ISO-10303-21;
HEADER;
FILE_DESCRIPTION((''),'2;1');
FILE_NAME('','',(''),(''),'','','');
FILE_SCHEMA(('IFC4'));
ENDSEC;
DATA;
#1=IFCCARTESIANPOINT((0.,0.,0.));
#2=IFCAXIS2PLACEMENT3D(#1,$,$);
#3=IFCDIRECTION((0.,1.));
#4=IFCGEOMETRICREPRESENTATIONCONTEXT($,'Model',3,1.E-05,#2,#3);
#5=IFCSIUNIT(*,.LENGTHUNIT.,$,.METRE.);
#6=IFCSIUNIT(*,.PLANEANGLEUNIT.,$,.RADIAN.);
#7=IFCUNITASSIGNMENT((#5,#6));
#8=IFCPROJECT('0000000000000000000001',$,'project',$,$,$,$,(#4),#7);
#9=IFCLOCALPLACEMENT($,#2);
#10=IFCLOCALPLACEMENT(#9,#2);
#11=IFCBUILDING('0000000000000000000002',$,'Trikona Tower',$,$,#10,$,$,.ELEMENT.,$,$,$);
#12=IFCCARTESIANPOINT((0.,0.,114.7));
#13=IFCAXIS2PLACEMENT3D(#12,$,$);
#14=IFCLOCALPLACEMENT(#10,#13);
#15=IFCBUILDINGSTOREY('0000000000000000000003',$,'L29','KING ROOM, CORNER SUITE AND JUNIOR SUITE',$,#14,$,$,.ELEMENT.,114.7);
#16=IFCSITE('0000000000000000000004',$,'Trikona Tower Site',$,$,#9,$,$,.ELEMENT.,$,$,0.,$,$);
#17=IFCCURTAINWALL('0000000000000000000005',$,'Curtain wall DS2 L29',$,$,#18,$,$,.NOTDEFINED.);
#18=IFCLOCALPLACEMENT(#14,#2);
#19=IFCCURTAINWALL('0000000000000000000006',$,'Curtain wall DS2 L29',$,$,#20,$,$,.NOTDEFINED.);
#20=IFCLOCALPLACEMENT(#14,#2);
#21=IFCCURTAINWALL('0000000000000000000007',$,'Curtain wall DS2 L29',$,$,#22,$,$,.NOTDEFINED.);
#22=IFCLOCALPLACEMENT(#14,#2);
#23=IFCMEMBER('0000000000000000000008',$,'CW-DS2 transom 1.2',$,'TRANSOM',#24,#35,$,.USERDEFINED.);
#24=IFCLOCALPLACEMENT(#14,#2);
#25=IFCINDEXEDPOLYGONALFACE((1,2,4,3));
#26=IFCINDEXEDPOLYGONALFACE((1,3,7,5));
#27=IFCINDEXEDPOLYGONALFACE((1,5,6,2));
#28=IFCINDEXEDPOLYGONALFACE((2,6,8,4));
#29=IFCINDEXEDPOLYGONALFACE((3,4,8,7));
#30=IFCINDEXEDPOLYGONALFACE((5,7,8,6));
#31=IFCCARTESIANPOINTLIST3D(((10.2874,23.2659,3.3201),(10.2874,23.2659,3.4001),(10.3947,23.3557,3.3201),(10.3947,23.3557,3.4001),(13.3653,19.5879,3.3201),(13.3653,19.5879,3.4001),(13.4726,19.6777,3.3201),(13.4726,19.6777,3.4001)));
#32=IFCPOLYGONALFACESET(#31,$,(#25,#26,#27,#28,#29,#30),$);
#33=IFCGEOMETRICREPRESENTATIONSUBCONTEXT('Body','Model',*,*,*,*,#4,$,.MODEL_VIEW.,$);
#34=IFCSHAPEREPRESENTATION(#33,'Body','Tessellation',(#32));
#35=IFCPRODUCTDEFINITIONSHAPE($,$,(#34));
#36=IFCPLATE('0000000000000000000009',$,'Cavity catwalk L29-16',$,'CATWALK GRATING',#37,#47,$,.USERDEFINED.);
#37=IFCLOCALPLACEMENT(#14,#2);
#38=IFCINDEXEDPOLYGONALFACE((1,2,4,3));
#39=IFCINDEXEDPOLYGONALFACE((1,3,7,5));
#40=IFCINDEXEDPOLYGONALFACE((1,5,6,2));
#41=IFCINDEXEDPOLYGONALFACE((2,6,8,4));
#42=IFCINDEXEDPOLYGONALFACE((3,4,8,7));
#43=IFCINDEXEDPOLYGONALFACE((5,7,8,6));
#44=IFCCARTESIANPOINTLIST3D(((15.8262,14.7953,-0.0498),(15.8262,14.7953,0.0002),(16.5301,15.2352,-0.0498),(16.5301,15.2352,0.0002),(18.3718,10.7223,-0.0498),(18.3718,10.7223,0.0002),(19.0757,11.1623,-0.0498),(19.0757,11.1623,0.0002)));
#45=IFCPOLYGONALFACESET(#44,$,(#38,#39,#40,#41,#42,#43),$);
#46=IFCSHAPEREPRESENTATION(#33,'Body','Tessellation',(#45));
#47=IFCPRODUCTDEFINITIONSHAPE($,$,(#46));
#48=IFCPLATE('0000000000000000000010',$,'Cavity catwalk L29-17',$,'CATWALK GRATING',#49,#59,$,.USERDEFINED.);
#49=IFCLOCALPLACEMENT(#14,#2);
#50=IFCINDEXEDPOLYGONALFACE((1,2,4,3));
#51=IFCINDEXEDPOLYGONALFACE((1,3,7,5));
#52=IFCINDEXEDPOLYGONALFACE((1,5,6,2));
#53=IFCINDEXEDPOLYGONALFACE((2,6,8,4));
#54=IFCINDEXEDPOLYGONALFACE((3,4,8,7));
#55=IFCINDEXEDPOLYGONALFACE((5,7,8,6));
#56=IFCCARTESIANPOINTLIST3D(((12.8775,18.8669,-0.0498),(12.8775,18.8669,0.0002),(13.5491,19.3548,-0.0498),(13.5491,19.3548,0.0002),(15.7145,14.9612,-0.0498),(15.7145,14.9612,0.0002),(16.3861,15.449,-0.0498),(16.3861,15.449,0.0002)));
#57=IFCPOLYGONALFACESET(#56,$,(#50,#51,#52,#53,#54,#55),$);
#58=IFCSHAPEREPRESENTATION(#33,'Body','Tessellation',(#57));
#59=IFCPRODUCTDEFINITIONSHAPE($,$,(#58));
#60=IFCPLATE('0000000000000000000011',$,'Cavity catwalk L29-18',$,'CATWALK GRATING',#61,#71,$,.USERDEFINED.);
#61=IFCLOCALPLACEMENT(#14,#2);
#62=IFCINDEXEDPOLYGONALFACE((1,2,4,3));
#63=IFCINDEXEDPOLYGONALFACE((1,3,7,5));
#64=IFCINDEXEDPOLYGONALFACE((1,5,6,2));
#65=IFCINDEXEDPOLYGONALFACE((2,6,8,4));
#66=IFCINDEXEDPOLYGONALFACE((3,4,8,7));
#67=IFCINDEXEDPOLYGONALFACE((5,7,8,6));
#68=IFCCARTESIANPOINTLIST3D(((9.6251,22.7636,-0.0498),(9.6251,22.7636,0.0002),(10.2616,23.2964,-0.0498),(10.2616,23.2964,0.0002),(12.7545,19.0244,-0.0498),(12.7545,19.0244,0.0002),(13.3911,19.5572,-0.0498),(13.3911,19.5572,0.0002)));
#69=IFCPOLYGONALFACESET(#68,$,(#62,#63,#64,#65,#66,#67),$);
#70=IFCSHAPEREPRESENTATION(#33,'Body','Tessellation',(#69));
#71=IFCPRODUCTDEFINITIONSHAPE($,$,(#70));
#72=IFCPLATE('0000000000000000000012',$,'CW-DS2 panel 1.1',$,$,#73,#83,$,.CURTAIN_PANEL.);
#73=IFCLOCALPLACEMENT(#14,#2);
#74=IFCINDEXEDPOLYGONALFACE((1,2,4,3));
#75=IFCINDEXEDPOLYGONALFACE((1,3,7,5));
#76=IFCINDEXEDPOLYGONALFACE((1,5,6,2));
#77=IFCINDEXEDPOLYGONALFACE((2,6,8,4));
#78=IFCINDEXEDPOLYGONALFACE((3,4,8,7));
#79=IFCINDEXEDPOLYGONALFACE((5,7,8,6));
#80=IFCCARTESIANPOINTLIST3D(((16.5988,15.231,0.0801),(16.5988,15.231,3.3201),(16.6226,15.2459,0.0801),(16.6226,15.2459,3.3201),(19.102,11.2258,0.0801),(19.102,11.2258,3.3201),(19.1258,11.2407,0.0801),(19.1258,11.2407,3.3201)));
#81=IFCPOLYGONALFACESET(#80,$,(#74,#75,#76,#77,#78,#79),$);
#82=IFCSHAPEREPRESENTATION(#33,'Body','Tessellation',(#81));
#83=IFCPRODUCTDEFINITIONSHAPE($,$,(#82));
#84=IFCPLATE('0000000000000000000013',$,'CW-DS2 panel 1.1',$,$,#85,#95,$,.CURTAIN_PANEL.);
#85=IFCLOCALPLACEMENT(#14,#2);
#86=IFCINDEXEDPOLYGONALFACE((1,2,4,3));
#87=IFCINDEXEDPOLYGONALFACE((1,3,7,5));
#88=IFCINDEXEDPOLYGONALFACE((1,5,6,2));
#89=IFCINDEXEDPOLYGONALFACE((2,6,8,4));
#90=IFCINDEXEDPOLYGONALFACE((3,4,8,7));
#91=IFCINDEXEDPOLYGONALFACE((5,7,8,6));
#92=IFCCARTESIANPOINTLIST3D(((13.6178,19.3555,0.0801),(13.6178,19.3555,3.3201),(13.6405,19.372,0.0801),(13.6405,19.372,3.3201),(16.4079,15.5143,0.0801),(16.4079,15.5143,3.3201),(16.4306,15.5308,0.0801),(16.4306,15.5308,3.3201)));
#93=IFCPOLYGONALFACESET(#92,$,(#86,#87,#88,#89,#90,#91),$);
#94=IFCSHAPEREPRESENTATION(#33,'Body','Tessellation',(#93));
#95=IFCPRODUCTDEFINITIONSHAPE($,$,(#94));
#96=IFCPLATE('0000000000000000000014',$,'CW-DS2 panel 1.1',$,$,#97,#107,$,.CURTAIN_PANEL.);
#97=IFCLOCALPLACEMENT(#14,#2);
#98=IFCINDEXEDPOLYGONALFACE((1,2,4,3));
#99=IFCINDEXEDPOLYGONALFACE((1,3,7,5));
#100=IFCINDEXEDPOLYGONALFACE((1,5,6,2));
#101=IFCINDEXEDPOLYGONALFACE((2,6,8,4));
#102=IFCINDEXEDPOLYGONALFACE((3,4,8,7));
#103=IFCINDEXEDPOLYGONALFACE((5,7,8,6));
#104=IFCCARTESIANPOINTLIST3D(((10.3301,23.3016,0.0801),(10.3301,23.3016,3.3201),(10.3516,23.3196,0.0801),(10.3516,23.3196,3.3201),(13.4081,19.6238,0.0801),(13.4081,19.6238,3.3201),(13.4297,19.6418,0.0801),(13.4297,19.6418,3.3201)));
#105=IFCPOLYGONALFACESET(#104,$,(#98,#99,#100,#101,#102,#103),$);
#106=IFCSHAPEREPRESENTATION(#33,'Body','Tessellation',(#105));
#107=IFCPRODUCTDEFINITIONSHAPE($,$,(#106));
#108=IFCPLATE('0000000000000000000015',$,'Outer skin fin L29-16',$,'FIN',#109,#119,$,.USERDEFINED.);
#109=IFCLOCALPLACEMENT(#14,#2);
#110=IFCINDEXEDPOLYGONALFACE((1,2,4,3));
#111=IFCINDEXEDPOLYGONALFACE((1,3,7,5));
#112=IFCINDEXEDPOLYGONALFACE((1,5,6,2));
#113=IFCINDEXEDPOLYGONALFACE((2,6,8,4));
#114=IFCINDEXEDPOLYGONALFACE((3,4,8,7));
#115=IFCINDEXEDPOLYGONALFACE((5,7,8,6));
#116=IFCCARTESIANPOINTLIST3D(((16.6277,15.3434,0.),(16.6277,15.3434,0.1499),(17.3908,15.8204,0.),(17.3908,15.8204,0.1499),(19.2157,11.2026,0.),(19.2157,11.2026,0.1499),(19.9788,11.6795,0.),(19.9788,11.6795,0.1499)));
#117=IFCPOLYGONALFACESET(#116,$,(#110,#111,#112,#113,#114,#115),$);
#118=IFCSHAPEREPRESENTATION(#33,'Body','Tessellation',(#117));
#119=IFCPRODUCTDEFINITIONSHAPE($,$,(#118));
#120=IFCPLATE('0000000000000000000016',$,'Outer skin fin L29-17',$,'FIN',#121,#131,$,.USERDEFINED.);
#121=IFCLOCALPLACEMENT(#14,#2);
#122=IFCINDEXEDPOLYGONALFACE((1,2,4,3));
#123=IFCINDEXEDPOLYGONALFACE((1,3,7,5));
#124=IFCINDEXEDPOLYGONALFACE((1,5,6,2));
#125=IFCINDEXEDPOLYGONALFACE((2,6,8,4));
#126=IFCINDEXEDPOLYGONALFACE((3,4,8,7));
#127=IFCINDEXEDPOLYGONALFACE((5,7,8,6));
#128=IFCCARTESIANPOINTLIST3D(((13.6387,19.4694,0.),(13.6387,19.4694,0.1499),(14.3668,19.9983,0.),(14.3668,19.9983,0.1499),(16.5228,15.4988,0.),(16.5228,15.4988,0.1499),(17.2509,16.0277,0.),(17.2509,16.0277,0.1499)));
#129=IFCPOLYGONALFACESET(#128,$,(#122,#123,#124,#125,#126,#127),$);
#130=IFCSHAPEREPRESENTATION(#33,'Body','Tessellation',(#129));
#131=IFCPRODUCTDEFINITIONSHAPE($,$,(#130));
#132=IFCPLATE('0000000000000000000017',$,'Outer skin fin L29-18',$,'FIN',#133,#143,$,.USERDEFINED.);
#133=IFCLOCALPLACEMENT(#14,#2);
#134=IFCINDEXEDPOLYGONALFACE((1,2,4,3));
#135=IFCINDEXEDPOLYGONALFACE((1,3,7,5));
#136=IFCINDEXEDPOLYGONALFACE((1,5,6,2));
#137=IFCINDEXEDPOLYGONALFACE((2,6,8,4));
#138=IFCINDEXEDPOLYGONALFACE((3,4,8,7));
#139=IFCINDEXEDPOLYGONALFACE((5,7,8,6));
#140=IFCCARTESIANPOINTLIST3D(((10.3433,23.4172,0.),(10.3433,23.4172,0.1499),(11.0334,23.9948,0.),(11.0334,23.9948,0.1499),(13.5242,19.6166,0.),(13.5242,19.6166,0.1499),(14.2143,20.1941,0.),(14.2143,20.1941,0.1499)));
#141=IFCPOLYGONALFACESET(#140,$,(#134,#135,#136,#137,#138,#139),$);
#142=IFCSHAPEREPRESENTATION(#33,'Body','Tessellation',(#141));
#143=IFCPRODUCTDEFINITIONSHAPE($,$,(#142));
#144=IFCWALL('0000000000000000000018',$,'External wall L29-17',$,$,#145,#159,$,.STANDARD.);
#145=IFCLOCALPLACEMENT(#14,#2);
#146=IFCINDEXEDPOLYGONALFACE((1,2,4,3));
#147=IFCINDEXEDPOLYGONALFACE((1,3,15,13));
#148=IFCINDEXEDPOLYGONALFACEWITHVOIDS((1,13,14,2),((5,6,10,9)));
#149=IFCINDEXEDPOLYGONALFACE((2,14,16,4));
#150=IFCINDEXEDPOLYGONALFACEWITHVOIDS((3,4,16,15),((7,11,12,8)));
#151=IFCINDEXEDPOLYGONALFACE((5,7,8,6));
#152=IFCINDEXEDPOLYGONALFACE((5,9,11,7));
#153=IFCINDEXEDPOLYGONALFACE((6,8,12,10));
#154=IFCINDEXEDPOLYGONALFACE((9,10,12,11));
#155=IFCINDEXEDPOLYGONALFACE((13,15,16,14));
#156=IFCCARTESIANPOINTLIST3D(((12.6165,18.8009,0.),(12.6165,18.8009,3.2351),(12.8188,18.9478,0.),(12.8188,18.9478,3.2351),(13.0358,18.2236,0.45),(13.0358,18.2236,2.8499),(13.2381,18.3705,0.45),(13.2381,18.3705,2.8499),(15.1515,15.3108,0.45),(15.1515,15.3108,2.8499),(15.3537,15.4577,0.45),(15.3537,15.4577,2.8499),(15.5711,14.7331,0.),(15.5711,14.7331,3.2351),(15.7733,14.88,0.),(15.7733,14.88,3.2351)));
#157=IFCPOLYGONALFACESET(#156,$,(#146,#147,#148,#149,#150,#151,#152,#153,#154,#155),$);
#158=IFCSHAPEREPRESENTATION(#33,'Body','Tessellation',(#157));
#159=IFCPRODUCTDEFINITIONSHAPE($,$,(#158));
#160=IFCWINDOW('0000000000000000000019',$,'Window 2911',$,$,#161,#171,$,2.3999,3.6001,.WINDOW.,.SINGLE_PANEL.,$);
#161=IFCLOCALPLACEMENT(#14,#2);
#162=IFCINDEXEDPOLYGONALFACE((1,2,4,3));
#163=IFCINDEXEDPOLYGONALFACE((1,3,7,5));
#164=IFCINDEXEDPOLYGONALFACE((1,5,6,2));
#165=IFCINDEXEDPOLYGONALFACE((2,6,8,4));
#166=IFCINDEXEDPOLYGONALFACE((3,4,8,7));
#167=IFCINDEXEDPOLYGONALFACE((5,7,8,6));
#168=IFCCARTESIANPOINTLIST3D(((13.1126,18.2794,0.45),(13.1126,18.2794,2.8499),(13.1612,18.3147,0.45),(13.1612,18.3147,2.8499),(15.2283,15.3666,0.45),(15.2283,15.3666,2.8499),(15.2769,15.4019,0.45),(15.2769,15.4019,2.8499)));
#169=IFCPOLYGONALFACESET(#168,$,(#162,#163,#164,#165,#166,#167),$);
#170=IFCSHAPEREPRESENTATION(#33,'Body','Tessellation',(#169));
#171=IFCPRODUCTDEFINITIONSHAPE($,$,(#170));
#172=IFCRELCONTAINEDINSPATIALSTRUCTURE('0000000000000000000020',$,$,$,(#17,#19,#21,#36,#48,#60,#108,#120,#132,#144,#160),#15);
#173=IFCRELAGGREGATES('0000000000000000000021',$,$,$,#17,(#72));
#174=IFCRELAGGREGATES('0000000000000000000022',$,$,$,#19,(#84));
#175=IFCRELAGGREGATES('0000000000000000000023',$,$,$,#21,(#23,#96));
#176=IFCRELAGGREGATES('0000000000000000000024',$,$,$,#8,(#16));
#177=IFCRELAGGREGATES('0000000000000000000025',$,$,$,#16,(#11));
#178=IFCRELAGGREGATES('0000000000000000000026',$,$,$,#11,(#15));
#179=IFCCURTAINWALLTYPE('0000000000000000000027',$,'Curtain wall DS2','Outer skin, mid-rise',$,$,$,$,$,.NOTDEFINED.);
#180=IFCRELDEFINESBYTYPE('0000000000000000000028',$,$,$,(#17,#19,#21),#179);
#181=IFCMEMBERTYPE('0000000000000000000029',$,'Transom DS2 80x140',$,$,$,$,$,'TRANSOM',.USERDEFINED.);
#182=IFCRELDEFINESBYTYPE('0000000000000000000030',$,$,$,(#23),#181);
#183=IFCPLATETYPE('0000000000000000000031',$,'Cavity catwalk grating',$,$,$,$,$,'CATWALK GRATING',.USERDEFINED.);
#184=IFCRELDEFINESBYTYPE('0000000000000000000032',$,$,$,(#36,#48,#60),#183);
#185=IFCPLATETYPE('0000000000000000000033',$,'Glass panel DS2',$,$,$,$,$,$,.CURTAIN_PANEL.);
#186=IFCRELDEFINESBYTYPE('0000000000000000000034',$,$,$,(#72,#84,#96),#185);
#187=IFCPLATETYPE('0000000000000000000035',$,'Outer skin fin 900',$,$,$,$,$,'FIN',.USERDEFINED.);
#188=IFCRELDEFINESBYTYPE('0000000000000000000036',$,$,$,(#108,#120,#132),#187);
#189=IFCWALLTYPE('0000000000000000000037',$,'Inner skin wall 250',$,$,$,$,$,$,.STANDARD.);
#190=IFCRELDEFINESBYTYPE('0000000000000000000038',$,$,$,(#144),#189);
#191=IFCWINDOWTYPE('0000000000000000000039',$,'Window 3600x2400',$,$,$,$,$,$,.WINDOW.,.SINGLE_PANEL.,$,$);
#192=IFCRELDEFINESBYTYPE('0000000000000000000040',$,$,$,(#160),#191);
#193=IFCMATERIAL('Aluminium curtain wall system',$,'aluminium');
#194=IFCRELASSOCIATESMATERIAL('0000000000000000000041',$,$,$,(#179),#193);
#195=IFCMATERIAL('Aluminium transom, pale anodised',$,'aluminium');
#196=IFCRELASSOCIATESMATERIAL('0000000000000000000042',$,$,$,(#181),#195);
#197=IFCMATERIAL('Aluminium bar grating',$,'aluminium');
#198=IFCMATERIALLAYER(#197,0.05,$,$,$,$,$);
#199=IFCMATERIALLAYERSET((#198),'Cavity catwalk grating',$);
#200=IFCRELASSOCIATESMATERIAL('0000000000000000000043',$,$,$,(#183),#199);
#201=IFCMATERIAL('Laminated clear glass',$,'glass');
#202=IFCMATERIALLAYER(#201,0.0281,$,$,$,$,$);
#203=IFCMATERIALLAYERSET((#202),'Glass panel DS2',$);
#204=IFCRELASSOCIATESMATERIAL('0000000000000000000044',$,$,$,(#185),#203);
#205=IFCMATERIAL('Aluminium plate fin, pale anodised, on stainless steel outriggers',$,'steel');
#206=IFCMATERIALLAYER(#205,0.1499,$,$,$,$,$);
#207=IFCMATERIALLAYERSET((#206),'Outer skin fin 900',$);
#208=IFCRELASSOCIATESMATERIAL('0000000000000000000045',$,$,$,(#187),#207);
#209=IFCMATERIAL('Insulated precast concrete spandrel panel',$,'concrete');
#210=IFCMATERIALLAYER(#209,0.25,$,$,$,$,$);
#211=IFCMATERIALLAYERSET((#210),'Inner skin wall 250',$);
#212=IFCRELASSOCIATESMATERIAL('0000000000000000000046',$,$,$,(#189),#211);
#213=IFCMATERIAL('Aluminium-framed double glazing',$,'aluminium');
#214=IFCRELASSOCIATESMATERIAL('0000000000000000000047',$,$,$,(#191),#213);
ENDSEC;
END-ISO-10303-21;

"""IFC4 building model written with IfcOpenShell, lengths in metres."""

from ifc_helpers import new_model, si_unit, direction, frame, frame_2d, origin, origin_2d, place, context, subcontext, project, spatial, rectangle, extrude, material, layer, layer_set, material_profile, profile_set, type_object, element, fill, aggregate, save


model = new_model("IFC4")

# Units and contexts
model_context = context("Model", 3, precision=1e-05, world=origin(), true_north=direction((0.0, 1.0)))
body_context = subcontext(model_context, "Body", "Model", "MODEL_VIEW")
ifc_project = project(units=[si_unit("LENGTHUNIT", "METRE"), si_unit("PLANEANGLEUNIT", "RADIAN")], contexts=[model_context])

# Site, building, storey
site_placement = place(None, origin())
site = spatial("IfcSite", under=ifc_project, at=site_placement, Name="Trikona Tower Site", CompositionType="ELEMENT", RefElevation=0.0)
building_placement = place(site_placement, origin())
building = spatial("IfcBuilding", under=site, at=building_placement, Name="Trikona Tower", CompositionType="ELEMENT")
storey_placement = place(building_placement, frame((0.0, 0.0, 114.7)))
storey = spatial("IfcBuildingStorey", under=building, at=storey_placement, Name="L29", Description="KING ROOM, CORNER SUITE AND JUNIOR SUITE", CompositionType="ELEMENT", Elevation=114.7)

# Curtain wall
ifc_material_1 = material(Name="Aluminium curtain wall system", Category="aluminium")
curtain_wall_type = type_object("IfcCurtainWallType", Name="Curtain wall DS2", Description="Outer skin, mid-rise", PredefinedType="NOTDEFINED", material=ifc_material_1)
curtain_wall_1_placement = place(storey_placement, origin())
curtain_wall_1 = element("IfcCurtainWall", 1, at=curtain_wall_1_placement, inside=storey, type_object=curtain_wall_type, Name="Curtain wall DS2 L29", PredefinedType="NOTDEFINED")

# Curtain walls
curtain_wall_2_placement = place(storey_placement, origin())
curtain_wall_2 = element("IfcCurtainWall", 2, at=curtain_wall_2_placement, inside=storey, type_object=curtain_wall_type, Name="Curtain wall DS2 L29", PredefinedType="NOTDEFINED")
curtain_wall_3_placement = place(storey_placement, origin())
curtain_wall_3 = element("IfcCurtainWall", 3, at=curtain_wall_3_placement, inside=storey, type_object=curtain_wall_type, Name="Curtain wall DS2 L29", PredefinedType="NOTDEFINED")

# Member
ifc_material_2 = material(Name="Aluminium transom, pale anodised", Category="aluminium")
ifc_material_profile_1 = material_profile(ifc_material_2, rectangle(XDim=0.1399, YDim=0.0801, at=origin_2d()), Name="TRN-DS2")
ifc_profile_set_1 = profile_set([ifc_material_profile_1], Name="Aluminium transom, pale anodised")
member_type_1 = type_object("IfcMemberType", Name="Transom DS2 80x140", ElementType="TRANSOM", PredefinedType="USERDEFINED", material=ifc_profile_set_1)
member_1_placement = place(storey_placement, frame((13.4189, 19.6328, 3.3601), z_axis=(-0.64177, 0.766897, 0.0), x_axis=(-0.766897, -0.64177, 0.0)))
member_1 = element("IfcMember", 4, at=member_1_placement, type_object=member_type_1, Name="CW-DS2 transom 1.2", ObjectType="TRANSOM", PredefinedType="USERDEFINED", context=body_context, shape_type="SweptSolid", body=[
    extrude(rectangle(XDim=0.1399, YDim=0.0801, at=origin_2d()), origin(), (0.0, 0.0, 1.0), 4.7959),
])

# Plates
ifc_material_3 = material(Name="Aluminium bar grating", Category="aluminium")
ifc_layer_1 = layer(ifc_material_3, 0.05)
ifc_layer_set_1 = layer_set([ifc_layer_1], Name="Cavity catwalk grating")
plate_type_1 = type_object("IfcPlateType", Name="Cavity catwalk grating", ElementType="CATWALK GRATING", PredefinedType="USERDEFINED", material=ifc_layer_set_1)
plate_1_placement = place(storey_placement, frame((17.4509, 12.9788, -0.0498), z_axis=(0.0, 0.0, 1.0), x_axis=(-0.529995, 0.848001, 0.0)))
element("IfcPlate", 5, at=plate_1_placement, inside=storey, type_object=plate_type_1, Name="Cavity catwalk L29-16", ObjectType="CATWALK GRATING", PredefinedType="USERDEFINED", context=body_context, shape_type="SweptSolid", body=[
    extrude(rectangle(XDim=4.803, YDim=0.8301, at=origin_2d()), origin(), (0.0, 0.0, 1.0), 0.05),
])
plate_2_placement = place(storey_placement, frame((14.6318, 17.158, -0.0498), z_axis=(0.0, 0.0, 1.0), x_axis=(-0.587686, 0.809089, 0.0)))
element("IfcPlate", 6, at=plate_2_placement, inside=storey, type_object=plate_type_1, Name="Cavity catwalk L29-17", ObjectType="CATWALK GRATING", PredefinedType="USERDEFINED", context=body_context, shape_type="SweptSolid", body=[
    extrude(rectangle(XDim=4.8274, YDim=0.8301, at=origin_2d()), origin(), (0.0, 0.0, 1.0), 0.05),
])
plate_3_placement = place(storey_placement, frame((11.5081, 21.1604, -0.0498), z_axis=(0.0, 0.0, 1.0), x_axis=(-0.641807, 0.766866, 0.0)))
element("IfcPlate", 7, at=plate_3_placement, inside=storey, type_object=plate_type_1, Name="Cavity catwalk L29-18", ObjectType="CATWALK GRATING", PredefinedType="USERDEFINED", context=body_context, shape_type="SweptSolid", body=[
    extrude(rectangle(XDim=4.876, YDim=0.8301, at=origin_2d()), origin(), (0.0, 0.0, 1.0), 0.05),
])

# Plates
ifc_material_4 = material(Name="Laminated clear glass", Category="glass")
ifc_layer_2 = layer(ifc_material_4, 0.0281)
ifc_layer_set_2 = layer_set([ifc_layer_2], Name="Glass panel DS2")
plate_type_2 = type_object("IfcPlateType", Name="Glass panel DS2", PredefinedType="CURTAIN_PANEL", material=ifc_layer_set_2)
plate_4_placement = place(storey_placement, frame((17.8623, 13.2358, 0.0801), z_axis=(0.0, 0.0, 1.0), x_axis=(-0.529999, 0.847998, 0.0)))
plate_4 = element("IfcPlate", 8, at=plate_4_placement, type_object=plate_type_2, Name="CW-DS2 panel 1.1", PredefinedType="CURTAIN_PANEL", context=body_context, shape_type="SweptSolid", body=[
    extrude(rectangle(XDim=4.7231, YDim=0.0281, at=origin_2d()), origin(), (0.0, 0.0, 1.0), 3.24),
])
aggregate(curtain_wall_1, [plate_4])
plate_5_placement = place(storey_placement, frame((15.0242, 17.4431, 0.0801), z_axis=(0.0, 0.0, 1.0), x_axis=(-0.587691, 0.809086, 0.0)))
plate_5 = element("IfcPlate", 9, at=plate_5_placement, type_object=plate_type_2, Name="CW-DS2 panel 1.1", PredefinedType="CURTAIN_PANEL", context=body_context, shape_type="SweptSolid", body=[
    extrude(rectangle(XDim=4.7476, YDim=0.0281, at=origin_2d()), origin(), (0.0, 0.0, 1.0), 3.24),
])
aggregate(curtain_wall_2, [plate_5])
plate_6_placement = place(storey_placement, frame((11.8799, 21.4717, 0.0801), z_axis=(0.0, 0.0, 1.0), x_axis=(-0.641806, 0.766867, 0.0)))
plate_6 = element("IfcPlate", 10, at=plate_6_placement, type_object=plate_type_2, Name="CW-DS2 panel 1.1", PredefinedType="CURTAIN_PANEL", context=body_context, shape_type="SweptSolid", body=[
    extrude(rectangle(XDim=4.7959, YDim=0.0281, at=origin_2d()), origin(), (0.0, 0.0, 1.0), 3.24),
])
aggregate(curtain_wall_3, [member_1, plate_6])

# Plates
ifc_material_5 = material(Name="Aluminium plate fin, pale anodised, on stainless steel outriggers", Category="steel")
ifc_layer_3 = layer(ifc_material_5, 0.1499)
ifc_layer_set_3 = layer_set([ifc_layer_3], Name="Outer skin fin 900")
plate_type_3 = type_object("IfcPlateType", Name="Outer skin fin 900", ElementType="FIN", PredefinedType="USERDEFINED", material=ifc_layer_set_3)
plate_7_placement = place(storey_placement, frame((18.3032, 13.5115, 0.0), z_axis=(0.0, 0.0, 1.0), x_axis=(-0.529995, 0.848001, 0.0)))
element("IfcPlate", 11, at=plate_7_placement, inside=storey, type_object=plate_type_3, Name="Outer skin fin L29-16", ObjectType="FIN", PredefinedType="USERDEFINED", context=body_context, shape_type="SweptSolid", body=[
    extrude(rectangle(XDim=4.8831, YDim=0.8999, at=origin_2d()), origin(), (0.0, 0.0, 1.0), 0.1499),
])
plate_8_placement = place(storey_placement, frame((15.4448, 17.7485, 0.0), z_axis=(0.0, 0.0, 1.0), x_axis=(-0.587686, 0.809089, 0.0)))
element("IfcPlate", 12, at=plate_8_placement, inside=storey, type_object=plate_type_3, Name="Outer skin fin L29-17", ObjectType="FIN", PredefinedType="USERDEFINED", context=body_context, shape_type="SweptSolid", body=[
    extrude(rectangle(XDim=4.9075, YDim=0.8999, at=origin_2d()), origin(), (0.0, 0.0, 1.0), 0.1499),
])
plate_9_placement = place(storey_placement, frame((12.2788, 21.8057, 0.0), z_axis=(0.0, 0.0, 1.0), x_axis=(-0.641807, 0.766866, 0.0)))
element("IfcPlate", 13, at=plate_9_placement, inside=storey, type_object=plate_type_3, Name="Outer skin fin L29-18", ObjectType="FIN", PredefinedType="USERDEFINED", context=body_context, shape_type="SweptSolid", body=[
    extrude(rectangle(XDim=4.9561, YDim=0.8999, at=origin_2d()), origin(), (0.0, 0.0, 1.0), 0.1499),
])

# Wall, opening, window
ifc_material_6 = material(Name="Insulated precast concrete spandrel panel", Category="concrete")
ifc_layer_4 = layer(ifc_material_6, 0.25)
ifc_layer_set_4 = layer_set([ifc_layer_4], Name="Inner skin wall 250")
wall_type = type_object("IfcWallType", Name="Inner skin wall 250", PredefinedType="STANDARD", material=ifc_layer_set_4)
wall_1_placement = place(storey_placement, frame((15.6721, 14.8066, 0.0), z_axis=(0.0, 0.0, 1.0), x_axis=(-0.587669, 0.809101, 0.0)))
wall_1 = element("IfcWall", 14, at=wall_1_placement, inside=storey, type_object=wall_type, Name="External wall L29-17", PredefinedType="STANDARD", context=body_context, shape_type="SweptSolid", body=[
    extrude(rectangle(XDim=5.0276, YDim=0.25, at=frame_2d((2.5137, 0.0))), origin(), (0.0, 0.0, 1.0), 3.2351),
])
opening_1_placement = place(wall_1_placement, frame((0.7139, 0.0, 0.45)))
opening_1 = element("IfcOpeningElement", 15, at=opening_1_placement, cuts=wall_1, PredefinedType="OPENING", context=body_context, shape_type="SweptSolid", body=[
    extrude(rectangle(XDim=3.6001, YDim=2.3999, at=frame_2d((1.8, 1.2))), frame((0.0, 0.135, 0.0), z_axis=(0.0, -1.0, 0.0), x_axis=(1.0, 0.0, 0.0)), (0.0, 0.0, 1.0), 0.27),
])
ifc_material_7 = material(Name="Aluminium-framed double glazing", Category="aluminium")
window_type = type_object("IfcWindowType", Name="Window 3600x2400", PartitioningType="SINGLE_PANEL", PredefinedType="WINDOW", material=ifc_material_7)
window_1_placement = place(opening_1_placement, origin())
window_1 = element("IfcWindow", 16, at=window_1_placement, inside=storey, type_object=window_type, Name="Window 2911", OverallHeight=2.3999, OverallWidth=3.6001, PartitioningType="SINGLE_PANEL", PredefinedType="WINDOW", context=body_context, shape_type="SweptSolid", body=[
    extrude(rectangle(XDim=3.6001, YDim=2.3999, at=frame_2d((1.8, 1.2))), frame((0.0, 0.03, 0.0), z_axis=(0.0, -1.0, 0.0), x_axis=(1.0, 0.0, 0.0)), (0.0, 0.0, 1.0), 0.0601),
])
fill(opening_1, window_1)

save(model, "model.ifc")
